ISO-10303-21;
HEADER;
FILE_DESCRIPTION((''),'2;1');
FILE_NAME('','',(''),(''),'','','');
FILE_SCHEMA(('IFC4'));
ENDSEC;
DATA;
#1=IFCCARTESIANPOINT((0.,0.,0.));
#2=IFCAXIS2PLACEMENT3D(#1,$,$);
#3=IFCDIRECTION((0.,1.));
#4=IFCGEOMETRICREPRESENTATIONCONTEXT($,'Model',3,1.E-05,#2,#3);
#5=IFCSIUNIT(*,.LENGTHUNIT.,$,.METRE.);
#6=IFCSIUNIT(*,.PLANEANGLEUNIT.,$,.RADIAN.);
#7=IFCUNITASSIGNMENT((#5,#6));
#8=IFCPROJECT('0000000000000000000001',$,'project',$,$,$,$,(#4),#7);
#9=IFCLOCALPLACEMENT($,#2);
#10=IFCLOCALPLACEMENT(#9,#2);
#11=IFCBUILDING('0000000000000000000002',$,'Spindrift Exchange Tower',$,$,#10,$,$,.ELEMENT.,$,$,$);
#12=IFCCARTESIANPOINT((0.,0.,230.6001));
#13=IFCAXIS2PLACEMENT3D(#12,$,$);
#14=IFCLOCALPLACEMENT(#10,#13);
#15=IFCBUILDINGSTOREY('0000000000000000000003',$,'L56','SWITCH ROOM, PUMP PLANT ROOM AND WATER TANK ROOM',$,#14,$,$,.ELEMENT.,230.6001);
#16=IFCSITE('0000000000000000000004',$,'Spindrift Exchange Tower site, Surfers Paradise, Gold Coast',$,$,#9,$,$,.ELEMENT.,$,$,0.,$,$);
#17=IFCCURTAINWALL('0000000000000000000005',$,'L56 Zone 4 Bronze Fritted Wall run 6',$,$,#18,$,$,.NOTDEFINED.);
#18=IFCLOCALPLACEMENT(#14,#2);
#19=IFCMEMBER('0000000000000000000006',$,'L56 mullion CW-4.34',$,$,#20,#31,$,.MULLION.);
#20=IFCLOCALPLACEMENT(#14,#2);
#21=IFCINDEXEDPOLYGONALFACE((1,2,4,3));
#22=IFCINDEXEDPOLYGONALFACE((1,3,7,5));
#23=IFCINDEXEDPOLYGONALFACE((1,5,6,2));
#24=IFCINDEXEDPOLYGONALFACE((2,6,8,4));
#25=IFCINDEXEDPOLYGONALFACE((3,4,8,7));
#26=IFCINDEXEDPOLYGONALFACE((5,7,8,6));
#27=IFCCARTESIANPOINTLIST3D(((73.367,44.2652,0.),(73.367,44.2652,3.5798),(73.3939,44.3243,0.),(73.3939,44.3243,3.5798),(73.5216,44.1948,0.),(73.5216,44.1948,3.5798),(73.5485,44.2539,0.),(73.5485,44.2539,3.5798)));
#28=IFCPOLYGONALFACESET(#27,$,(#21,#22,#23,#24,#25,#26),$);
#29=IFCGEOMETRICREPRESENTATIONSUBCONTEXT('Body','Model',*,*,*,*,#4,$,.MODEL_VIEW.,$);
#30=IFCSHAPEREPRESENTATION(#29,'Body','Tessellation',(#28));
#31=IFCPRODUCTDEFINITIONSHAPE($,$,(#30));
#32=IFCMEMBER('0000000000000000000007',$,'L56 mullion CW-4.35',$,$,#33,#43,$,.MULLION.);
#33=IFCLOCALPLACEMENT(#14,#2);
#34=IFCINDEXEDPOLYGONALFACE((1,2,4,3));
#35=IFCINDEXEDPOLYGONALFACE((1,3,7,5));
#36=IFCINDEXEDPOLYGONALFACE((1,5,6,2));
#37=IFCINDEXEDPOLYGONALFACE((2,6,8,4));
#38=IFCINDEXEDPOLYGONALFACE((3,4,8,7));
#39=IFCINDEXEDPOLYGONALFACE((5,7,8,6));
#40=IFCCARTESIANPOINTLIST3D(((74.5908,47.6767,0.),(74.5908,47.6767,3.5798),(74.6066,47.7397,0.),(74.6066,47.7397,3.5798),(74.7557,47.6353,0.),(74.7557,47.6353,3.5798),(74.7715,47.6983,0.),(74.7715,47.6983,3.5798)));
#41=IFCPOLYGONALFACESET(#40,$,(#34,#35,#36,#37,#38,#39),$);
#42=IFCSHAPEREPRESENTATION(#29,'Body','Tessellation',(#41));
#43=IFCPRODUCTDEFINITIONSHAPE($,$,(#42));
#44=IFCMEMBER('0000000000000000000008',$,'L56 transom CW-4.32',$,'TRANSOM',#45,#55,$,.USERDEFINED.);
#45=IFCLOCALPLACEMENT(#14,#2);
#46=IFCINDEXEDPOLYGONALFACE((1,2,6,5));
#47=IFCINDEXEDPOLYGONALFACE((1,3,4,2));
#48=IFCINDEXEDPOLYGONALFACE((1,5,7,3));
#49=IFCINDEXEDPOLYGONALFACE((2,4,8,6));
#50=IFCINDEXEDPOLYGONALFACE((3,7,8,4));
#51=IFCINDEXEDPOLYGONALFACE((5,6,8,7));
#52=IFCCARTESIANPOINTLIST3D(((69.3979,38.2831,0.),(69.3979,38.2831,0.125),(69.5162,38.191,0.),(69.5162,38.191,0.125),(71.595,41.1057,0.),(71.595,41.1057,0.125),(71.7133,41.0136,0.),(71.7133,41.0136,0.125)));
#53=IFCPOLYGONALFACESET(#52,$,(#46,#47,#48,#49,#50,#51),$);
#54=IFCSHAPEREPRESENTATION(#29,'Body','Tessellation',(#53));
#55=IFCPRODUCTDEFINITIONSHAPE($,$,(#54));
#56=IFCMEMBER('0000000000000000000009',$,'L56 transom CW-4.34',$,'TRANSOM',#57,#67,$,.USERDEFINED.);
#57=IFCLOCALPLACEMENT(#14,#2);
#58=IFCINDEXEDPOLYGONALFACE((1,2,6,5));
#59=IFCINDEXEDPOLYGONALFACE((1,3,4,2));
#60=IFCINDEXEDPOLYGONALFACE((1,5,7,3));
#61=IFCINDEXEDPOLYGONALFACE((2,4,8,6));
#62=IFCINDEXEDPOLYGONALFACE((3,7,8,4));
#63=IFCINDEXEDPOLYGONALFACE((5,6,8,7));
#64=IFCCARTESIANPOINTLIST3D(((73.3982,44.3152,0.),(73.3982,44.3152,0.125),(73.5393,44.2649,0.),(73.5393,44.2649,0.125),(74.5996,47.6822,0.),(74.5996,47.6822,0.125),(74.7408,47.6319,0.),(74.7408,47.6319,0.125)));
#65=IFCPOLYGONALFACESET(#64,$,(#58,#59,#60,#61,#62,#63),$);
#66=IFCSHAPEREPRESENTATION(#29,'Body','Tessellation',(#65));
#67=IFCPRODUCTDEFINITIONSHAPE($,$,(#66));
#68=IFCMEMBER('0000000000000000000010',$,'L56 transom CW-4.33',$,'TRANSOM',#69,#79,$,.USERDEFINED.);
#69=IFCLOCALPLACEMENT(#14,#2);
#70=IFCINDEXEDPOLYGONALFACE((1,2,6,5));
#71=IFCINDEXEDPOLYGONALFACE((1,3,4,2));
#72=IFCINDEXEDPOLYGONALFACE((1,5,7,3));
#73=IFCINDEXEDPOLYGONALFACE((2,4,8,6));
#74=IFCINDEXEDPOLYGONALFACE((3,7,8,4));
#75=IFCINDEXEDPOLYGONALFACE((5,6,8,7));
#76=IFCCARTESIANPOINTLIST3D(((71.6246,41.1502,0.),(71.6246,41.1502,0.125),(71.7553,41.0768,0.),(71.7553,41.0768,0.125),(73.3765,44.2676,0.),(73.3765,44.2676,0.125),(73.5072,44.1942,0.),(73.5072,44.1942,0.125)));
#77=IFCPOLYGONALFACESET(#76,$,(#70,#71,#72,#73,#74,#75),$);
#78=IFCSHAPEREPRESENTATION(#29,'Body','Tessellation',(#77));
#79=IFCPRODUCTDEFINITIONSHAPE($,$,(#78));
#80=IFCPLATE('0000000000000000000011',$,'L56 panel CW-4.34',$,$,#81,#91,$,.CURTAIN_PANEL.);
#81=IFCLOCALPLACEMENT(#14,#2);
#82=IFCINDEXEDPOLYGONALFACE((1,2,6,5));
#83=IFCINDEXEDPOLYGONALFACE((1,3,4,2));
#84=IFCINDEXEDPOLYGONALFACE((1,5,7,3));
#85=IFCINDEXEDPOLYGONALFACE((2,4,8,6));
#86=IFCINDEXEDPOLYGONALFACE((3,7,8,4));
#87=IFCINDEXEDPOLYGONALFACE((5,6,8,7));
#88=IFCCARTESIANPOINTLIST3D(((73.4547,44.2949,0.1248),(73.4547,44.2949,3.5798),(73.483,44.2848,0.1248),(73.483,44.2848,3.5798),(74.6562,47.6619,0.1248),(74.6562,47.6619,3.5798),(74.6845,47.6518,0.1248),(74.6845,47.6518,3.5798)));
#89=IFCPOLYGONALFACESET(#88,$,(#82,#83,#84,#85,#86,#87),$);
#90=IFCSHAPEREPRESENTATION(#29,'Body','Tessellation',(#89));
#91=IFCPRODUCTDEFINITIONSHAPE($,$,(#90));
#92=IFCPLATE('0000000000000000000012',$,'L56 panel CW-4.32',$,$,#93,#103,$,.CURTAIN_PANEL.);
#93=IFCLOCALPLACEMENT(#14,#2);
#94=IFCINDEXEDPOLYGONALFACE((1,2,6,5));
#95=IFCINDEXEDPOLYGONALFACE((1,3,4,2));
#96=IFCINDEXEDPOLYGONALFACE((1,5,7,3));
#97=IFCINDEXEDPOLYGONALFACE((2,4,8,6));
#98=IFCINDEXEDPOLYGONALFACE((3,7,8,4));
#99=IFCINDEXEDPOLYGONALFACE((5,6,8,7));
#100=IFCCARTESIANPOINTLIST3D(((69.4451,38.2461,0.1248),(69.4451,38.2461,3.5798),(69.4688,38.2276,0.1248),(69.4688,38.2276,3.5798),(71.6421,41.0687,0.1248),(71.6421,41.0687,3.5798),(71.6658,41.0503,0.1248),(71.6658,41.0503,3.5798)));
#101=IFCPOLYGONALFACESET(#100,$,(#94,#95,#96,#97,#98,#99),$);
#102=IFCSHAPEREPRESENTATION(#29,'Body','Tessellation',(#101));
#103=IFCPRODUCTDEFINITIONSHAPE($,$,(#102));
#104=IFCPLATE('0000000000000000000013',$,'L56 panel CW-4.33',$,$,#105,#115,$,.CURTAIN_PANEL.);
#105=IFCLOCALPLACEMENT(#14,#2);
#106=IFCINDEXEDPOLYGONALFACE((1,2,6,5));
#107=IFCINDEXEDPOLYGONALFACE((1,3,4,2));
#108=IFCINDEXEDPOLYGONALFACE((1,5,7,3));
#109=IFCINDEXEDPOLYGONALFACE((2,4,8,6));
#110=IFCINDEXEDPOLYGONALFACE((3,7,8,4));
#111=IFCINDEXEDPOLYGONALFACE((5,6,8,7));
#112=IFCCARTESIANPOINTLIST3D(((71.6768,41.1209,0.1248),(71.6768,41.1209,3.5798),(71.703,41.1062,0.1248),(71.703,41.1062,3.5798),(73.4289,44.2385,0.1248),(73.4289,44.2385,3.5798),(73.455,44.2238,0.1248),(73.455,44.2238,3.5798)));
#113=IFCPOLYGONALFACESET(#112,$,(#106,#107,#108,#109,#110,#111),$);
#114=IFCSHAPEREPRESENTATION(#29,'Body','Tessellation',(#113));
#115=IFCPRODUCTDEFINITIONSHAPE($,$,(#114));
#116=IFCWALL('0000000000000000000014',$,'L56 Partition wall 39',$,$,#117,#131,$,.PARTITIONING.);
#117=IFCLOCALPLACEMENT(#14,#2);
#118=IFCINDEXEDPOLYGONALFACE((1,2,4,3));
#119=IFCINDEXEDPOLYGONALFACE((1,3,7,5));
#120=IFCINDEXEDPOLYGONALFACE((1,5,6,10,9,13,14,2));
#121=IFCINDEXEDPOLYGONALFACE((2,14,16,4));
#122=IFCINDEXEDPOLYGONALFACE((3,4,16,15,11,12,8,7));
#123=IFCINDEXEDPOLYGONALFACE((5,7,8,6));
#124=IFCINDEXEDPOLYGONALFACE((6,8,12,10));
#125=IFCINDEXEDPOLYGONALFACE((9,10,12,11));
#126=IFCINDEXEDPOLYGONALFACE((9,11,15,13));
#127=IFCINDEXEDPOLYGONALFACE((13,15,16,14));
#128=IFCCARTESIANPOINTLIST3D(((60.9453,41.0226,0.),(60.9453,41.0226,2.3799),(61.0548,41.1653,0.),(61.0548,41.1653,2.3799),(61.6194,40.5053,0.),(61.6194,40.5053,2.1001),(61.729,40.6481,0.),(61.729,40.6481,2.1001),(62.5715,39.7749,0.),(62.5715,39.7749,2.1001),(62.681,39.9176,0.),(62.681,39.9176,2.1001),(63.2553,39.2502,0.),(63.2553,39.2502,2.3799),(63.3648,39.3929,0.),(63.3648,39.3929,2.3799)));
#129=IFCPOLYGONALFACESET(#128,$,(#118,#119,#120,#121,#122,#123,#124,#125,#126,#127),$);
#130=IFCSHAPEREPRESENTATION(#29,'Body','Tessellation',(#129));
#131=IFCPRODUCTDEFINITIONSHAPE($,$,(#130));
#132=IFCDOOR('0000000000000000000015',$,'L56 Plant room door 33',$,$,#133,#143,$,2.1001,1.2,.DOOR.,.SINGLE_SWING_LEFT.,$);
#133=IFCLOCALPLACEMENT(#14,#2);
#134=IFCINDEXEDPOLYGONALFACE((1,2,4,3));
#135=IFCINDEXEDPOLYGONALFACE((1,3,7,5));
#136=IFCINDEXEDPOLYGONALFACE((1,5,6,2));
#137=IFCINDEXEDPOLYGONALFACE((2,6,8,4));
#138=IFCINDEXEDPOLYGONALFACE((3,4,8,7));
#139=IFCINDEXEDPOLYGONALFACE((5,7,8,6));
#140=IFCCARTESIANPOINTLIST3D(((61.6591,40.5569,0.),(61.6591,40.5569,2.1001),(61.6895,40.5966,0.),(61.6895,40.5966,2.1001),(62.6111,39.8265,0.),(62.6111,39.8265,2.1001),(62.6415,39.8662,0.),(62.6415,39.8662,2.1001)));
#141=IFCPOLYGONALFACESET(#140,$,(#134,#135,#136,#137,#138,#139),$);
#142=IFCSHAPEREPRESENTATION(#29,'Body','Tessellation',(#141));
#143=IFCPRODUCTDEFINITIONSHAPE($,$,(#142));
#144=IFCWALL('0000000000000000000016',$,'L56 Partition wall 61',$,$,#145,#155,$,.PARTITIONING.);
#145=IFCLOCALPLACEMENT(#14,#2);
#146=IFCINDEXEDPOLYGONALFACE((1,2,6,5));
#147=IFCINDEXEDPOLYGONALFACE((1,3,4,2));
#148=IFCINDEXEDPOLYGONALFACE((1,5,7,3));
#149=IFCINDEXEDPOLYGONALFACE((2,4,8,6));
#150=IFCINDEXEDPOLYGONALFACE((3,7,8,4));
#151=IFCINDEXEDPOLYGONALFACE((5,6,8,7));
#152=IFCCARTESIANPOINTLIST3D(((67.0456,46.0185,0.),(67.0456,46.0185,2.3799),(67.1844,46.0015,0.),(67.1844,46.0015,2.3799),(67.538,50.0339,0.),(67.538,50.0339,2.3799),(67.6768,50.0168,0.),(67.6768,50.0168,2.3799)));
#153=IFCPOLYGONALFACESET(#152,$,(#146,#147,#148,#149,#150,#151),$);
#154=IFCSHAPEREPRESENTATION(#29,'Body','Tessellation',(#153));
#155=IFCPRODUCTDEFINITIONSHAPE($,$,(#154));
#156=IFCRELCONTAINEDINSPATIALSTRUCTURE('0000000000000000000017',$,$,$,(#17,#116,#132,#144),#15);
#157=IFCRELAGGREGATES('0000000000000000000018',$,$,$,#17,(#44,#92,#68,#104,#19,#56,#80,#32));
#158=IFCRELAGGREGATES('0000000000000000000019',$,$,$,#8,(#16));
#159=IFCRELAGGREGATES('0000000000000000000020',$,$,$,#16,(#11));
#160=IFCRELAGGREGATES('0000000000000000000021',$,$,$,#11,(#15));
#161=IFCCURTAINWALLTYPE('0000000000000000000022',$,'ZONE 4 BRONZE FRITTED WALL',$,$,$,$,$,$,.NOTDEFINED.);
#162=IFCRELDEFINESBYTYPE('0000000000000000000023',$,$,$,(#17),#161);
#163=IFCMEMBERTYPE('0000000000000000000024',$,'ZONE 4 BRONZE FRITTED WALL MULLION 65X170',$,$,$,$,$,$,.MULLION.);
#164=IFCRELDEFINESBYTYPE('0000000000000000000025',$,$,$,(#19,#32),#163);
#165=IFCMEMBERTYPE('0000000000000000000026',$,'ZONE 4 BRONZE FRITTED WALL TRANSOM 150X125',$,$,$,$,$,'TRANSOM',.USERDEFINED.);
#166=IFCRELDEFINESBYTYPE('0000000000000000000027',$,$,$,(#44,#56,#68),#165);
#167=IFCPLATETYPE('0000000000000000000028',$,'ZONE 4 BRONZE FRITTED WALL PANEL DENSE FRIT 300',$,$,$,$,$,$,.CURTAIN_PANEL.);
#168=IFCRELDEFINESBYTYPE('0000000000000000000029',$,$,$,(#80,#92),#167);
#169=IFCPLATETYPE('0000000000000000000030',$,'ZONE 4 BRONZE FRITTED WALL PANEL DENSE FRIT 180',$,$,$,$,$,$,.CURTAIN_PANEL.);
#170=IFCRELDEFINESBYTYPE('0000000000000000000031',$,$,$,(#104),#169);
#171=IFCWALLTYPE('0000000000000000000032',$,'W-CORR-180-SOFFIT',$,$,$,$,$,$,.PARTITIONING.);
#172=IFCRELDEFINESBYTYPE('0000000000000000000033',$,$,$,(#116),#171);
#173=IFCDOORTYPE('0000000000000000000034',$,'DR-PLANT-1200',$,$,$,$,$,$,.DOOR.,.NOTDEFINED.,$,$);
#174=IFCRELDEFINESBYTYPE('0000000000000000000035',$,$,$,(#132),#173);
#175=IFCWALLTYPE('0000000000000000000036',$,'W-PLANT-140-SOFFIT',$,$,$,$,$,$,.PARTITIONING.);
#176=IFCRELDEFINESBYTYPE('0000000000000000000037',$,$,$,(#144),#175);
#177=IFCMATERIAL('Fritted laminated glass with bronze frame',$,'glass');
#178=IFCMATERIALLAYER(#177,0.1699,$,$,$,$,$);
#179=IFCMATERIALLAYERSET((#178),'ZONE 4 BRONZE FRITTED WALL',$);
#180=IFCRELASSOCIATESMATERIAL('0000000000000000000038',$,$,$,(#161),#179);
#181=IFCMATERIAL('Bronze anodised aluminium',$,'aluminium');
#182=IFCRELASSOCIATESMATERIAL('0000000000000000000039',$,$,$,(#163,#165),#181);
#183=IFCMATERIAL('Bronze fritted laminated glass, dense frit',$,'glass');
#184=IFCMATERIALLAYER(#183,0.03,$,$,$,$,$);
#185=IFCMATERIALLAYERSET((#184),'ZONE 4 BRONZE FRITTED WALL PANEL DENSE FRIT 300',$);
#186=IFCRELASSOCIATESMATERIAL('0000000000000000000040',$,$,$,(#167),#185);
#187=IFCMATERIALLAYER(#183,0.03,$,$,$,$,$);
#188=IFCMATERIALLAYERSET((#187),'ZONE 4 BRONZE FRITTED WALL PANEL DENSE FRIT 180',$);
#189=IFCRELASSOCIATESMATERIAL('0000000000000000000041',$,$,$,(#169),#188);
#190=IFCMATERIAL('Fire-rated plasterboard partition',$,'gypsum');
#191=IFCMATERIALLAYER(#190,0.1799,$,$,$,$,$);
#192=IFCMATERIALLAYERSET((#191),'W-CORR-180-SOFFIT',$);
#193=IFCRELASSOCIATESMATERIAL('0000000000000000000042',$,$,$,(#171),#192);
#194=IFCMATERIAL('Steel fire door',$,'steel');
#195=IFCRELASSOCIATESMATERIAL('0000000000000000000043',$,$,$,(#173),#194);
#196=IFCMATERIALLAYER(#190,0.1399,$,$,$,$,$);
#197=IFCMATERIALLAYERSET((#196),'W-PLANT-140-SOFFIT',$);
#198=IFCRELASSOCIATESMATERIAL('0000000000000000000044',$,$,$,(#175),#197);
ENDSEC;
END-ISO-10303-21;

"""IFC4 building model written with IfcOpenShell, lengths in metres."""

from ifc_helpers import new_model, si_unit, direction, frame, frame_2d, origin, origin_2d, place, context, subcontext, project, spatial, rectangle, extrude, source, transform, mapped, material, layer, layer_set, material_profile, profile_set, type_object, element, fill, aggregate, save


model = new_model("IFC4")

# Units and contexts
model_context = context("Model", 3, precision=1e-05, world=origin(), true_north=direction((0.0, 1.0)))
body_context = subcontext(model_context, "Body", "Model", "MODEL_VIEW")
ifc_project = project(units=[si_unit("LENGTHUNIT", "METRE"), si_unit("PLANEANGLEUNIT", "RADIAN")], contexts=[model_context])

# Site, building, storey
site_placement = place(None, origin())
site = spatial("IfcSite", under=ifc_project, at=site_placement, Name="Spindrift Exchange Tower site, Surfers Paradise, Gold Coast", CompositionType="ELEMENT", RefElevation=0.0)
building_placement = place(site_placement, origin())
building = spatial("IfcBuilding", under=site, at=building_placement, Name="Spindrift Exchange Tower", CompositionType="ELEMENT")
storey_placement = place(building_placement, frame((0.0, 0.0, 230.6001)))
storey = spatial("IfcBuildingStorey", under=building, at=storey_placement, Name="L56", Description="SWITCH ROOM, PUMP PLANT ROOM AND WATER TANK ROOM", CompositionType="ELEMENT", Elevation=230.6001)

# Curtain wall, members, plates
ifc_material_1 = material(Name="Fritted laminated glass with bronze frame", Category="glass")
ifc_layer_1 = layer(ifc_material_1, 0.1699)
ifc_layer_set_1 = layer_set([ifc_layer_1], Name="ZONE 4 BRONZE FRITTED WALL")
curtain_wall_type = type_object("IfcCurtainWallType", Name="ZONE 4 BRONZE FRITTED WALL", PredefinedType="NOTDEFINED", material=ifc_layer_set_1)
curtain_wall_placement = place(storey_placement, origin())
curtain_wall = element("IfcCurtainWall", 1, at=curtain_wall_placement, inside=storey, type_object=curtain_wall_type, Name="L56 Zone 4 Bronze Fritted Wall run 6", PredefinedType="NOTDEFINED")
ifc_material_2 = material(Name="Bronze anodised aluminium", Category="aluminium")
ifc_material_profile_1 = material_profile(ifc_material_2, rectangle(XDim=0.0649, YDim=0.1699, at=origin_2d()), Name="ZONE 4 BRONZE FRITTED WALL MULLION 65X170")
ifc_profile_set_1 = profile_set([ifc_material_profile_1], Name="Bronze anodised aluminium")
member_type_1 = type_object("IfcMemberType", Name="ZONE 4 BRONZE FRITTED WALL MULLION 65X170", PredefinedType="MULLION", material=ifc_profile_set_1)
shared_shape_1 = source(origin(), body_context, "Body", "SweptSolid", [
    extrude(rectangle(XDim=0.0649, YDim=0.1699, at=origin_2d()), origin(), (0.0, 0.0, 1.0), 3.5798),
])
member_1_placement = place(storey_placement, frame((73.4578, 44.2595, 0.0), z_axis=(0.0, 0.0, 1.0), x_axis=(0.414488, 0.910055, 0.0)))
member_1 = element("IfcMember", 2, at=member_1_placement, type_object=member_type_1, Name="L56 mullion CW-4.34", PredefinedType="MULLION", context=body_context, shape_type="MappedRepresentation", body=[
    mapped(shared_shape_1, transform((0.0, 0.0, 0.0), scale=1.0)),
])
member_2_placement = place(storey_placement, frame((74.6812, 47.6875, 0.0), z_axis=(0.0, 0.0, 1.0), x_axis=(0.243243, 0.969966, 0.0)))
member_2 = element("IfcMember", 3, at=member_2_placement, type_object=member_type_1, Name="L56 mullion CW-4.35", PredefinedType="MULLION", context=body_context, shape_type="MappedRepresentation", body=[
    mapped(shared_shape_1, transform((0.0, 0.0, 0.0), scale=1.0)),
])
ifc_material_profile_2 = material_profile(ifc_material_2, rectangle(XDim=0.1499, YDim=0.125, at=origin_2d()), Name="ZONE 4 BRONZE FRITTED WALL TRANSOM 150X125")
ifc_profile_set_2 = profile_set([ifc_material_profile_2], Name="Bronze anodised aluminium")
member_type_2 = type_object("IfcMemberType", Name="ZONE 4 BRONZE FRITTED WALL TRANSOM 150X125", ElementType="TRANSOM", PredefinedType="USERDEFINED", material=ifc_profile_set_2)
shared_shape_2 = source(origin(), body_context, "Body", "SweptSolid", [
    extrude(rectangle(XDim=0.1499, YDim=0.125, at=origin_2d()), origin(), (0.0, 0.0, 1.0), 3.5769),
])
member_3_placement = place(storey_placement, frame((69.457, 38.2371, 0.0625), z_axis=(0.614243, 0.789117, 0.0), x_axis=(-0.789117, 0.614243, 0.0)))
member_3 = element("IfcMember", 4, at=member_3_placement, type_object=member_type_2, Name="L56 transom CW-4.32", ObjectType="TRANSOM", PredefinedType="USERDEFINED", context=body_context, shape_type="MappedRepresentation", body=[
    mapped(shared_shape_2, transform((0.0, 0.0, 0.0), scale=1.0)),
])
shared_shape_3 = source(origin(), body_context, "Body", "SweptSolid", [
    extrude(rectangle(XDim=0.1499, YDim=0.125, at=origin_2d()), origin(), (0.0, 0.0, 1.0), 3.575),
])
member_4_placement = place(storey_placement, frame((73.4688, 44.29, 0.0625), z_axis=(0.336072, 0.941836, 0.0), x_axis=(-0.941836, 0.336072, 0.0)))
member_4 = element("IfcMember", 5, at=member_4_placement, type_object=member_type_2, Name="L56 transom CW-4.34", ObjectType="TRANSOM", PredefinedType="USERDEFINED", context=body_context, shape_type="MappedRepresentation", body=[
    mapped(shared_shape_3, transform((0.0, 0.0, 0.0), scale=1.0)),
])
shared_shape_4 = source(origin(), body_context, "Body", "SweptSolid", [
    extrude(rectangle(XDim=0.1499, YDim=0.125, at=origin_2d()), origin(), (0.0, 0.0, 1.0), 3.5759),
])
member_5_placement = place(storey_placement, frame((71.6899, 41.1135, 0.0625), z_axis=(0.489921, 0.871767, 0.0), x_axis=(-0.871767, 0.489921, 0.0)))
member_5 = element("IfcMember", 6, at=member_5_placement, type_object=member_type_2, Name="L56 transom CW-4.33", ObjectType="TRANSOM", PredefinedType="USERDEFINED", context=body_context, shape_type="MappedRepresentation", body=[
    mapped(shared_shape_4, transform((0.0, 0.0, 0.0), scale=1.0)),
])
ifc_material_3 = material(Name="Bronze fritted laminated glass, dense frit", Category="glass")
ifc_layer_2 = layer(ifc_material_3, 0.03)
ifc_layer_set_2 = layer_set([ifc_layer_2], Name="ZONE 4 BRONZE FRITTED WALL PANEL DENSE FRIT 300")
plate_type_1 = type_object("IfcPlateType", Name="ZONE 4 BRONZE FRITTED WALL PANEL DENSE FRIT 300", PredefinedType="CURTAIN_PANEL", material=ifc_layer_set_2)
shared_shape_5 = source(origin(), body_context, "Body", "SweptSolid", [
    extrude(rectangle(XDim=3.575, YDim=0.03, at=origin_2d()), origin(), (0.0, 0.0, 1.0), 3.4551),
])
plate_1_placement = place(storey_placement, frame((74.0696, 45.9734, 0.1248), z_axis=(0.0, 0.0, 1.0), x_axis=(0.33608, 0.941834, 0.0)))
plate_1 = element("IfcPlate", 7, at=plate_1_placement, type_object=plate_type_1, Name="L56 panel CW-4.34", PredefinedType="CURTAIN_PANEL", context=body_context, shape_type="MappedRepresentation", body=[
    mapped(shared_shape_5, transform((0.0, 0.0, 0.0), scale=1.0)),
])
shared_shape_6 = source(origin(), body_context, "Body", "SweptSolid", [
    extrude(rectangle(XDim=3.5769, YDim=0.03, at=origin_2d()), origin(), (0.0, 0.0, 1.0), 3.4551),
])
plate_2_placement = place(storey_placement, frame((70.5554, 39.6482, 0.1248), z_axis=(0.0, 0.0, 1.0), x_axis=(0.614222, 0.789133, 0.0)))
plate_2 = element("IfcPlate", 8, at=plate_2_placement, type_object=plate_type_1, Name="L56 panel CW-4.32", PredefinedType="CURTAIN_PANEL", context=body_context, shape_type="MappedRepresentation", body=[
    mapped(shared_shape_6, transform((0.0, 0.0, 0.0), scale=1.0)),
])
ifc_layer_3 = layer(ifc_material_3, 0.03)
ifc_layer_set_3 = layer_set([ifc_layer_3], Name="ZONE 4 BRONZE FRITTED WALL PANEL DENSE FRIT 180")
plate_type_2 = type_object("IfcPlateType", Name="ZONE 4 BRONZE FRITTED WALL PANEL DENSE FRIT 180", PredefinedType="CURTAIN_PANEL", material=ifc_layer_set_3)
shared_shape_7 = source(origin(), body_context, "Body", "SweptSolid", [
    extrude(rectangle(XDim=3.5762, YDim=0.03, at=origin_2d()), origin(), (0.0, 0.0, 1.0), 3.4551),
])
plate_3_placement = place(storey_placement, frame((72.5659, 42.6724, 0.1248), z_axis=(0.0, 0.0, 1.0), x_axis=(0.48993, 0.871762, 0.0)))
plate_3 = element("IfcPlate", 9, at=plate_3_placement, type_object=plate_type_2, Name="L56 panel CW-4.33", PredefinedType="CURTAIN_PANEL", context=body_context, shape_type="MappedRepresentation", body=[
    mapped(shared_shape_7, transform((0.0, 0.0, 0.0), scale=1.0)),
])
aggregate(curtain_wall, [member_3, plate_2, member_5, plate_3, member_1, member_4, plate_1, member_2])

# Wall, opening, door
ifc_material_4 = material(Name="Fire-rated plasterboard partition", Category="gypsum")
ifc_layer_4 = layer(ifc_material_4, 0.1799)
ifc_layer_set_4 = layer_set([ifc_layer_4], Name="W-CORR-180-SOFFIT")
wall_type_1 = type_object("IfcWallType", Name="W-CORR-180-SOFFIT", PredefinedType="PARTITIONING", material=ifc_layer_set_4)
wall_1_placement = place(storey_placement, frame((63.3101, 39.3215, 0.0), z_axis=(0.0, 0.0, 1.0), x_axis=(-0.793371, 0.608738, 0.0)))
wall_1 = element("IfcWall", 10, at=wall_1_placement, inside=storey, type_object=wall_type_1, Name="L56 Partition wall 39", PredefinedType="PARTITIONING", context=body_context, shape_type="SweptSolid", body=[
    extrude(rectangle(XDim=2.9116, YDim=0.1799, at=frame_2d((1.4558, 0.0))), origin(), (0.0, 0.0, 1.0), 2.3799),
])
opening_1_placement = place(wall_1_placement, frame((0.8618, 0.0, 0.0)))
opening_1 = element("IfcOpeningElement", 11, at=opening_1_placement, cuts=wall_1, PredefinedType="OPENING", context=body_context, shape_type="SweptSolid", body=[
    extrude(rectangle(XDim=1.2, YDim=2.1001, at=frame_2d((0.6001, 1.05))), frame((0.0, 0.0999, 0.0), z_axis=(0.0, -1.0, 0.0), x_axis=(1.0, 0.0, 0.0)), (0.0, 0.0, 1.0), 0.2),
])
ifc_material_5 = material(Name="Steel fire door", Category="steel")
door_type_1 = type_object("IfcDoorType", Name="DR-PLANT-1200", OperationType="NOTDEFINED", PredefinedType="DOOR", material=ifc_material_5)
shared_shape_8 = source(origin(), body_context, "Body", "SweptSolid", [
    extrude(rectangle(XDim=1.2, YDim=2.1001, at=frame_2d((0.6001, 1.05))), frame((0.0, 0.0249, 0.0), z_axis=(0.0, -1.0, 0.0), x_axis=(1.0, 0.0, 0.0)), (0.0, 0.0, 1.0), 0.05),
])
door_1_placement = place(opening_1_placement, origin())
door_1 = element("IfcDoor", 12, at=door_1_placement, inside=storey, type_object=door_type_1, Name="L56 Plant room door 33", OperationType="SINGLE_SWING_LEFT", OverallHeight=2.1001, OverallWidth=1.2, PredefinedType="DOOR", context=body_context, shape_type="MappedRepresentation", body=[
    mapped(shared_shape_8, transform((0.0, 0.0, 0.0), scale=1.0)),
])
fill(opening_1, door_1)

# Wall
ifc_layer_5 = layer(ifc_material_4, 0.1399)
ifc_layer_set_5 = layer_set([ifc_layer_5], Name="W-PLANT-140-SOFFIT")
wall_type_2 = type_object("IfcWallType", Name="W-PLANT-140-SOFFIT", PredefinedType="PARTITIONING", material=ifc_layer_set_5)
wall_2_placement = place(storey_placement, frame((67.115, 46.01, 0.0), z_axis=(0.0, 0.0, 1.0), x_axis=(0.121724, 0.992564, 0.0)))
element("IfcWall", 13, at=wall_2_placement, inside=storey, type_object=wall_type_2, Name="L56 Partition wall 61", PredefinedType="PARTITIONING", context=body_context, shape_type="SweptSolid", body=[
    extrude(rectangle(XDim=4.0454, YDim=0.1399, at=frame_2d((2.0227, 0.0))), origin(), (0.0, 0.0, 1.0), 2.3799),
])

save(model, "model.ifc")
